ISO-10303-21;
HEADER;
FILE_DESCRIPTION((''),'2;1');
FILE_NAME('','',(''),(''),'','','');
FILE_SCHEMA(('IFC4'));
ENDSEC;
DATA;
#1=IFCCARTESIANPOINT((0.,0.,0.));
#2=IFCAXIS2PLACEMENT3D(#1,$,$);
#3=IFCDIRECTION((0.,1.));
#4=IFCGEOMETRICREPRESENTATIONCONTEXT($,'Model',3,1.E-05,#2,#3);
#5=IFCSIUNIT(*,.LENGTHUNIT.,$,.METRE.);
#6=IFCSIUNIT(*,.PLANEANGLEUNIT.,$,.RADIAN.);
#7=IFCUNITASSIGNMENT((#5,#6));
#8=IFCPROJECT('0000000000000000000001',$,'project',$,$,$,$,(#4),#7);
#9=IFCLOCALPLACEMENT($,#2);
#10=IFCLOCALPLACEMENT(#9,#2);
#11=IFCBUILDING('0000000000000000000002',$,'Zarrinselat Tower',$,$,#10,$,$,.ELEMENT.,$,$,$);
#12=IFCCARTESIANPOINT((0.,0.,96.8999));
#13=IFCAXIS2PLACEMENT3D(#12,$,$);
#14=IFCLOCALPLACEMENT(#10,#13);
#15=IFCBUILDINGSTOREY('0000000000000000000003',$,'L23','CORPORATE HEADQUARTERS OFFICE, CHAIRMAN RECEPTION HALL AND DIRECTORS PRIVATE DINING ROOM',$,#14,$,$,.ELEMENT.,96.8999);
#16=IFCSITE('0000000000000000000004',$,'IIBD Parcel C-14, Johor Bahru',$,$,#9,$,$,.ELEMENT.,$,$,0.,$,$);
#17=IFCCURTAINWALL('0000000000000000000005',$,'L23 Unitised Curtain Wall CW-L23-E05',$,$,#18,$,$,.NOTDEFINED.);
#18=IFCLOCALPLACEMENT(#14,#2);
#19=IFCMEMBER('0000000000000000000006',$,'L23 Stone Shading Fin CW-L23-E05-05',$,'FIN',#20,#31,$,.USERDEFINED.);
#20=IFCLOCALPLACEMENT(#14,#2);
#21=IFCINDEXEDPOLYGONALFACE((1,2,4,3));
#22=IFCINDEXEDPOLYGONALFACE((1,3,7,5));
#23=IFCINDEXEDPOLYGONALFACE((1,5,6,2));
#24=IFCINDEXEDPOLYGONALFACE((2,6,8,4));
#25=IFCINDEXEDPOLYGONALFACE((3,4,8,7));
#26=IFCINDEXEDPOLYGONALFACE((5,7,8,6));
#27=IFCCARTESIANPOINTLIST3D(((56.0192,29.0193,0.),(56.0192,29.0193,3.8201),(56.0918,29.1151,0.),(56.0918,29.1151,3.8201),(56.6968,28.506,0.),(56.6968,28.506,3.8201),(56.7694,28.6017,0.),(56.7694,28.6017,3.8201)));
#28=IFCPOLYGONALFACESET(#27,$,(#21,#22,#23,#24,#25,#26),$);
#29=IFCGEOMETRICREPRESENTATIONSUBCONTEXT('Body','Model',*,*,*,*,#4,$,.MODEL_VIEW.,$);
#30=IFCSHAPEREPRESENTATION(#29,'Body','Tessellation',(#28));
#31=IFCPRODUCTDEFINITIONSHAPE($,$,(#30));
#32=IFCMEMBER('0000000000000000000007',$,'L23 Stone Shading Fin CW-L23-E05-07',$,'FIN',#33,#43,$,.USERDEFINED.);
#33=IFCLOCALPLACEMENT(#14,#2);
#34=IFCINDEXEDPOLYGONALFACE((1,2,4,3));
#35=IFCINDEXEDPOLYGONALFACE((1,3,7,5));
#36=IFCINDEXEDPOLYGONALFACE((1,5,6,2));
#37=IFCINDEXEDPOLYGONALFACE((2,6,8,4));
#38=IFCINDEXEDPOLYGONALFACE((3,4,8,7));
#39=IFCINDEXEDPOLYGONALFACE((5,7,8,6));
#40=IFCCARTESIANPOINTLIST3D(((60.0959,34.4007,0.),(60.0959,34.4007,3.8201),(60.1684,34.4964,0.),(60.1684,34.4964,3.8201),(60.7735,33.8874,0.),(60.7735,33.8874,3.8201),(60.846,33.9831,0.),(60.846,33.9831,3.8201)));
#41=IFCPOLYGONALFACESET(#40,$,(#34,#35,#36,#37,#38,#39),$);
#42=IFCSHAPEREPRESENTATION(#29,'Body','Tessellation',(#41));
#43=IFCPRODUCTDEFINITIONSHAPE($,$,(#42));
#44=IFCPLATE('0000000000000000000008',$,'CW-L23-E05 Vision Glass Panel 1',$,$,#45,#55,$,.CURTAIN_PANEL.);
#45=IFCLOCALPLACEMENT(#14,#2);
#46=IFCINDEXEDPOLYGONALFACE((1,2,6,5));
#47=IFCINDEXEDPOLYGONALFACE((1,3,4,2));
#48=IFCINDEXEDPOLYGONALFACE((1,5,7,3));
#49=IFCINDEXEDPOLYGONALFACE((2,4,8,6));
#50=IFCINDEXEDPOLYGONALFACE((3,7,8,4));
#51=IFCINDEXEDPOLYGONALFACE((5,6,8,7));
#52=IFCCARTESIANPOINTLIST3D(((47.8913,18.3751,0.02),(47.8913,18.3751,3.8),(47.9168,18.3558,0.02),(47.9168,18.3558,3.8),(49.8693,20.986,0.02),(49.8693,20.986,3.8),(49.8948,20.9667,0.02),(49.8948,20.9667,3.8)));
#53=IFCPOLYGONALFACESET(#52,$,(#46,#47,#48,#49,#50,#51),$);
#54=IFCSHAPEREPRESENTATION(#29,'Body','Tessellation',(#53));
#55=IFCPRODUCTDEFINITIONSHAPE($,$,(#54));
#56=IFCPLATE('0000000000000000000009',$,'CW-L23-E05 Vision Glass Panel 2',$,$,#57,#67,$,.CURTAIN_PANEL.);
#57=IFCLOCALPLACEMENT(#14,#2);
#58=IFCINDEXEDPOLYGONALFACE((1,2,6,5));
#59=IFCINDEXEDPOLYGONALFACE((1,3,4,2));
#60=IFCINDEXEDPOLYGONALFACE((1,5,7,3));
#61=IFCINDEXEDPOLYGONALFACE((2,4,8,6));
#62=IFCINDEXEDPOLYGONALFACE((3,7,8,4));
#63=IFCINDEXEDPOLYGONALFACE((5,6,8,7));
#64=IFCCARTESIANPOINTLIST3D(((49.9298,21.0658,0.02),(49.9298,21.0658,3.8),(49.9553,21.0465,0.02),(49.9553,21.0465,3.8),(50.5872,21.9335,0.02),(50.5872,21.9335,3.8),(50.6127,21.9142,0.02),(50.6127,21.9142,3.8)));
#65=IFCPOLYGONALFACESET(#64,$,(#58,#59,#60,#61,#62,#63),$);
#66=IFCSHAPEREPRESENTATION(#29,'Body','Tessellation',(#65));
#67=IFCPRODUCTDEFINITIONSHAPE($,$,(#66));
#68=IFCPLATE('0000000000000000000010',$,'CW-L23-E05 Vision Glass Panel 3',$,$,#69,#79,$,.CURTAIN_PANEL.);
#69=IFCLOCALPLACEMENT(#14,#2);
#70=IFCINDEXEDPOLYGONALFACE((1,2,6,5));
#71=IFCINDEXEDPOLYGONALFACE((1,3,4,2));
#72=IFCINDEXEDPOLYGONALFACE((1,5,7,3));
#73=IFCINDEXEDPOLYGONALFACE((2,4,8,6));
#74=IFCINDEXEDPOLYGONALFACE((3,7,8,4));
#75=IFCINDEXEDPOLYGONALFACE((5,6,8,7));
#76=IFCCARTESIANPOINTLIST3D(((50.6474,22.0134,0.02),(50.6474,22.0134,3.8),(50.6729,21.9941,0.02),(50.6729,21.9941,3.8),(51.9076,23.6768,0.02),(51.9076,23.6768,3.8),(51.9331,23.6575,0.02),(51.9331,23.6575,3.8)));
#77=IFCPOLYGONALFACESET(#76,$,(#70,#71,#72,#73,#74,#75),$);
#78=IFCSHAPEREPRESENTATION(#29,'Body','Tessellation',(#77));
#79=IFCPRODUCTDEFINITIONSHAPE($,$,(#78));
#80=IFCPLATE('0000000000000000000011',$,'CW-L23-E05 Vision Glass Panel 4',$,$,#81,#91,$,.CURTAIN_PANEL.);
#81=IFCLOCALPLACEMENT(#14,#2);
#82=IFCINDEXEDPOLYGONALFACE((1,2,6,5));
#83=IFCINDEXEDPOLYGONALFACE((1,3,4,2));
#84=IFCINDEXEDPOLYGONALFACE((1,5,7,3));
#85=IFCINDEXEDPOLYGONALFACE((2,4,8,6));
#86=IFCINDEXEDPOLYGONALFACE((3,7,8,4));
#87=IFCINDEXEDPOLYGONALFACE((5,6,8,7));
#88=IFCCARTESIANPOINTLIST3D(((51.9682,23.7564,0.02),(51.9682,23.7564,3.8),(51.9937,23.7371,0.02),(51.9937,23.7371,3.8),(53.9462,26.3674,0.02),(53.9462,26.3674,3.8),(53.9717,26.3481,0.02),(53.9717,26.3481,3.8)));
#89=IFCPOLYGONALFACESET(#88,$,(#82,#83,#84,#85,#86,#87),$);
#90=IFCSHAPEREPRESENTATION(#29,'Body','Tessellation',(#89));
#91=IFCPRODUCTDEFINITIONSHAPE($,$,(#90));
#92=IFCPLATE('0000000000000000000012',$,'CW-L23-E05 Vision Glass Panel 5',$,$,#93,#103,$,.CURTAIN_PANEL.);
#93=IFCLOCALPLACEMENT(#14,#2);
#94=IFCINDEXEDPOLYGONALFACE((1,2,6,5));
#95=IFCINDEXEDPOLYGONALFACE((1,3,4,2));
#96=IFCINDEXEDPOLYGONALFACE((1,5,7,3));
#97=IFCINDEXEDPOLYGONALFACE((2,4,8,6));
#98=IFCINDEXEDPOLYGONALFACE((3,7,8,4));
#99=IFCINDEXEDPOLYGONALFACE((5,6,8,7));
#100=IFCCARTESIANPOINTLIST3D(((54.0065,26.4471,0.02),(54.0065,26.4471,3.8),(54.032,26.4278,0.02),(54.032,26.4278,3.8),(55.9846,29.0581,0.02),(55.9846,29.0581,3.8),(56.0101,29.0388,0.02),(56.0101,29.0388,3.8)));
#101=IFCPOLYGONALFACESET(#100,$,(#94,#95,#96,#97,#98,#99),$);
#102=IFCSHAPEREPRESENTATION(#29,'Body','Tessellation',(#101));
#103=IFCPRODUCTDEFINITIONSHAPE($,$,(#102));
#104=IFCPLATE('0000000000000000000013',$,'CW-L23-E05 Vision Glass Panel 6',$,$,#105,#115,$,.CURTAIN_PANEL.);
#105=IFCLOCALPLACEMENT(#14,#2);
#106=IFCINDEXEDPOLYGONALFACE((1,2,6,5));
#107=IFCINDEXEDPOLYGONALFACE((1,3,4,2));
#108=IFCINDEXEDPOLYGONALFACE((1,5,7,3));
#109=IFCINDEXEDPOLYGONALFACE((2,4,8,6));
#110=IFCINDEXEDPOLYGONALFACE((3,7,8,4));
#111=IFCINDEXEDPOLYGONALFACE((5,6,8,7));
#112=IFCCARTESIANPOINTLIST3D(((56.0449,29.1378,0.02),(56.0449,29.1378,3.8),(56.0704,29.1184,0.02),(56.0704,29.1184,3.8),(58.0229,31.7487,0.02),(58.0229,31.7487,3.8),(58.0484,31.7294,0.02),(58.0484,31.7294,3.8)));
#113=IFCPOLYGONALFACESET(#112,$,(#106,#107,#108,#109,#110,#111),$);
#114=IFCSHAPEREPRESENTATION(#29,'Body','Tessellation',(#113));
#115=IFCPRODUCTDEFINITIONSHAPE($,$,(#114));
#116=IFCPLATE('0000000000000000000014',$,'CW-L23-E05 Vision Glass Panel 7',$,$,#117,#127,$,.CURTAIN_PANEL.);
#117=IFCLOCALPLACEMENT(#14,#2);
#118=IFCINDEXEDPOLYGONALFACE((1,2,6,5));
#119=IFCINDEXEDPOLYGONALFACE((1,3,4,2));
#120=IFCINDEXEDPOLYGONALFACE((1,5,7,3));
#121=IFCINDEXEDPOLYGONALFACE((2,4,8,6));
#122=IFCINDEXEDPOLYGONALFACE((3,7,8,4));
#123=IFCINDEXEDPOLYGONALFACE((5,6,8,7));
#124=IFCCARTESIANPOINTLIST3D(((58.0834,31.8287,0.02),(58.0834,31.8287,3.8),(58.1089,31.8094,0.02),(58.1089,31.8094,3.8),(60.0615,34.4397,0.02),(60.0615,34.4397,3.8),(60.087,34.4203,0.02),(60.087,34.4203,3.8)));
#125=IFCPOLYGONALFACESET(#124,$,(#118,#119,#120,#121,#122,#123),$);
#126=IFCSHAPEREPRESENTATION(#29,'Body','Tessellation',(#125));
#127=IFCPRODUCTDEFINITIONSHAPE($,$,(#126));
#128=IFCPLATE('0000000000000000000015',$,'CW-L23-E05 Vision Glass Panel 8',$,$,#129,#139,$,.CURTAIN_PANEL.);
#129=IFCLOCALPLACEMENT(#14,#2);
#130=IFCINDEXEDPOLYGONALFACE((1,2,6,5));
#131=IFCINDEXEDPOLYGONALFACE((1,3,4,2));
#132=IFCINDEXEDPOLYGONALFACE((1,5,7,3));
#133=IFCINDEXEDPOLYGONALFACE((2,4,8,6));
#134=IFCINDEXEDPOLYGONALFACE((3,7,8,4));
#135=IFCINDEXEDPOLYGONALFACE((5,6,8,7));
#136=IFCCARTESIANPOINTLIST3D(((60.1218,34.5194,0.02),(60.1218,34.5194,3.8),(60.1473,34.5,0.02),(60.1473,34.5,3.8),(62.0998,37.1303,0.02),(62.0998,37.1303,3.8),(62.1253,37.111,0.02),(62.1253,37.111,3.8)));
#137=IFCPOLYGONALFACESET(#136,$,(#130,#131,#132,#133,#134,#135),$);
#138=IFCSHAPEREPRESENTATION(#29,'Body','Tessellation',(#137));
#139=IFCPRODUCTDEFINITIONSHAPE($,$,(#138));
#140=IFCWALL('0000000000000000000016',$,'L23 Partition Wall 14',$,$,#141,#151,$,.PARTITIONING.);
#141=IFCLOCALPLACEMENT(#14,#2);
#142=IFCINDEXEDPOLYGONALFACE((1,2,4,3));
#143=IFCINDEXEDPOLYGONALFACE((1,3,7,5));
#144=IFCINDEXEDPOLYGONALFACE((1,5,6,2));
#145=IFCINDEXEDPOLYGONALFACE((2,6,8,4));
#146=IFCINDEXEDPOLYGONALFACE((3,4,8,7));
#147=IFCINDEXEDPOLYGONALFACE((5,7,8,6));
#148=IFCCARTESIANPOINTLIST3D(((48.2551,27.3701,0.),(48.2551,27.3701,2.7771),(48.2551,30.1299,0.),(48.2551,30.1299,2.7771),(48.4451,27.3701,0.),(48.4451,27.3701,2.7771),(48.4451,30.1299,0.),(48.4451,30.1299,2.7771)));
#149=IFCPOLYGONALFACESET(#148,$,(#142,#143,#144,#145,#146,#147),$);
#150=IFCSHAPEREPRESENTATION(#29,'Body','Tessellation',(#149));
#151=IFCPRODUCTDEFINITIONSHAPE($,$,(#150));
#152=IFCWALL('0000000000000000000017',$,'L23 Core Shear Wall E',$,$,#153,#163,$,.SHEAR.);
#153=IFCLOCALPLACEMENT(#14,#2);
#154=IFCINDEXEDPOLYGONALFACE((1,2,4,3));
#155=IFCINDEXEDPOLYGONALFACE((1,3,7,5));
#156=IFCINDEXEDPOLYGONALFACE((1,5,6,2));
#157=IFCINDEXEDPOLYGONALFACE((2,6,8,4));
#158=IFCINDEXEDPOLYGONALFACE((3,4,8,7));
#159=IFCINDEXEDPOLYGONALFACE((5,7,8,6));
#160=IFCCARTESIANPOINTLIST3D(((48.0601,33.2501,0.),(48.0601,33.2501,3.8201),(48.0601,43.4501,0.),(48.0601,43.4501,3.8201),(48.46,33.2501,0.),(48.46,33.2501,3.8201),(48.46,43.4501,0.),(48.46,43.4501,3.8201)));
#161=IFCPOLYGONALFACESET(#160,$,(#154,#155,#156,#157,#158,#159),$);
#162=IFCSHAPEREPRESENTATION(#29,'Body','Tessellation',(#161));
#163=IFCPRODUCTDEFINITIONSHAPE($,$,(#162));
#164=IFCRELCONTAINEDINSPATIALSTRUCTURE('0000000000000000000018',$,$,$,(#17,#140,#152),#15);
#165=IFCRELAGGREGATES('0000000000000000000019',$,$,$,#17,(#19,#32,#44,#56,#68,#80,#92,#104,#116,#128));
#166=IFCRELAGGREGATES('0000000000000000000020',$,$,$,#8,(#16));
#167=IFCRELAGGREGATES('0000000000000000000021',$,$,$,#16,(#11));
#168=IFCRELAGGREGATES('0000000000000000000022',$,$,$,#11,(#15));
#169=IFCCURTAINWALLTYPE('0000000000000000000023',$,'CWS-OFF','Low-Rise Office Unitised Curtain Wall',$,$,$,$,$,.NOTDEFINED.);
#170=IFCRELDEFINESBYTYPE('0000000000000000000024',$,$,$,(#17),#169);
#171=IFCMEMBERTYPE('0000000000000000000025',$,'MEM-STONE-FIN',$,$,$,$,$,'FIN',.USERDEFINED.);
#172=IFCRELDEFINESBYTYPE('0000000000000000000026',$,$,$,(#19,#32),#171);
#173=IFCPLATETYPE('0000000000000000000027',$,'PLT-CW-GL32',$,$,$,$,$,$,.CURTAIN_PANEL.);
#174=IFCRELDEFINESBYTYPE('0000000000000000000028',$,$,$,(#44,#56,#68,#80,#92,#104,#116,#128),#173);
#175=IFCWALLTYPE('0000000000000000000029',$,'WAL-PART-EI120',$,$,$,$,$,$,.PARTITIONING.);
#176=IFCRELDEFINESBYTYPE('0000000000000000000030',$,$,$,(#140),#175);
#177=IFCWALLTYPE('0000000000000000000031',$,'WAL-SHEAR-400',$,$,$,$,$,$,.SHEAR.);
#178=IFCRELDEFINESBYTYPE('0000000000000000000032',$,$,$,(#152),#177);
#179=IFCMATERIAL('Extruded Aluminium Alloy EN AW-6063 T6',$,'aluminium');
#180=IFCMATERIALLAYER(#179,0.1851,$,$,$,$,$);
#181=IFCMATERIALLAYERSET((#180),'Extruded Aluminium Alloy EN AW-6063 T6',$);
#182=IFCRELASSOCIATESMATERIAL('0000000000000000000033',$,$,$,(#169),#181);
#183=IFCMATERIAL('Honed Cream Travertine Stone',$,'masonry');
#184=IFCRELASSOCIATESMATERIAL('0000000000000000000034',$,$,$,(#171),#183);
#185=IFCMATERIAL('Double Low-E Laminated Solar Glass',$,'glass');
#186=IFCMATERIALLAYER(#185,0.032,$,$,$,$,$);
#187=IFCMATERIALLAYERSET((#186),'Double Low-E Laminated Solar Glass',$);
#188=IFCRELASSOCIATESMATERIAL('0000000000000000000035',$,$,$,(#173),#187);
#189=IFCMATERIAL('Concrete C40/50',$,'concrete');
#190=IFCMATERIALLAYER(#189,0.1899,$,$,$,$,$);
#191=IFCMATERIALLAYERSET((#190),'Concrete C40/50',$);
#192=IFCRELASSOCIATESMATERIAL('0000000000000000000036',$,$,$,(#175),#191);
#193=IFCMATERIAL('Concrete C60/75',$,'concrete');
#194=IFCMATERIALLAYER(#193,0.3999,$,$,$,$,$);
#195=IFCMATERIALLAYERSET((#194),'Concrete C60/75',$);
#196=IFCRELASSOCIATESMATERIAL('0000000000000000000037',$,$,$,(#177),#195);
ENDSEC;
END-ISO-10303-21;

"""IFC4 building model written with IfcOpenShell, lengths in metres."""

from ifc_helpers import new_model, si_unit, direction, frame, frame_2d, origin, origin_2d, place, context, subcontext, project, spatial, rectangle, extrude, material, layer, layer_set, material_profile, profile_set, type_object, element, aggregate, save


model = new_model("IFC4")

# Units and contexts
model_context = context("Model", 3, precision=1e-05, world=origin(), true_north=direction((0.0, 1.0)))
body_context = subcontext(model_context, "Body", "Model", "MODEL_VIEW")
ifc_project = project(units=[si_unit("LENGTHUNIT", "METRE"), si_unit("PLANEANGLEUNIT", "RADIAN")], contexts=[model_context])

# Site, building, storey
site_placement = place(None, origin())
site = spatial("IfcSite", under=ifc_project, at=site_placement, Name="IIBD Parcel C-14, Johor Bahru", CompositionType="ELEMENT", RefElevation=0.0)
building_placement = place(site_placement, origin())
building = spatial("IfcBuilding", under=site, at=building_placement, Name="Zarrinselat Tower", CompositionType="ELEMENT")
storey_placement = place(building_placement, frame((0.0, 0.0, 96.8999)))
storey = spatial("IfcBuildingStorey", under=building, at=storey_placement, Name="L23", Description="CORPORATE HEADQUARTERS OFFICE, CHAIRMAN RECEPTION HALL AND DIRECTORS PRIVATE DINING ROOM", CompositionType="ELEMENT", Elevation=96.8999)

# Shared definitions
ifc_material_1 = material(Name="Extruded Aluminium Alloy EN AW-6063 T6", Category="aluminium")
ifc_layer_1 = layer(ifc_material_1, 0.1851)
ifc_layer_set_1 = layer_set([ifc_layer_1], Name="Extruded Aluminium Alloy EN AW-6063 T6")
curtain_wall_type = type_object("IfcCurtainWallType", Name="CWS-OFF", Description="Low-Rise Office Unitised Curtain Wall", PredefinedType="NOTDEFINED", material=ifc_layer_set_1)

# Curtain wall, members, plates
curtain_wall_1_placement = place(storey_placement, origin())
curtain_wall_1 = element("IfcCurtainWall", 1, at=curtain_wall_1_placement, inside=storey, type_object=curtain_wall_type, Name="L23 Unitised Curtain Wall CW-L23-E05", PredefinedType="NOTDEFINED")
ifc_material_2 = material(Name="Honed Cream Travertine Stone", Category="masonry")
ifc_material_profile_1 = material_profile(ifc_material_2, rectangle(XDim=0.1201, YDim=0.8501, at=origin_2d()), Name="FIN 850x120")
ifc_profile_set_1 = profile_set([ifc_material_profile_1], Name="Honed Cream Travertine Stone")
member_type_1 = type_object("IfcMemberType", Name="MEM-STONE-FIN", ElementType="FIN", PredefinedType="USERDEFINED", material=ifc_profile_set_1)
member_1_placement = place(storey_placement, frame((56.3943, 28.8105, 0.0), z_axis=(0.0, 0.0, 1.0), x_axis=(-0.603858, -0.797092, 0.0)))
member_1 = element("IfcMember", 2, at=member_1_placement, type_object=member_type_1, Name="L23 Stone Shading Fin CW-L23-E05-05", ObjectType="FIN", PredefinedType="USERDEFINED", context=body_context, shape_type="SweptSolid", body=[
    extrude(rectangle(XDim=0.1201, YDim=0.8501, at=origin_2d()), origin(), (0.0, 0.0, 1.0), 3.8201),
])
member_2_placement = place(storey_placement, frame((60.4709, 34.1919, 0.0), z_axis=(0.0, 0.0, 1.0), x_axis=(-0.603858, -0.797092, 0.0)))
member_2 = element("IfcMember", 3, at=member_2_placement, type_object=member_type_1, Name="L23 Stone Shading Fin CW-L23-E05-07", ObjectType="FIN", PredefinedType="USERDEFINED", context=body_context, shape_type="SweptSolid", body=[
    extrude(rectangle(XDim=0.1201, YDim=0.8501, at=origin_2d()), origin(), (0.0, 0.0, 1.0), 3.8201),
])
ifc_material_3 = material(Name="Double Low-E Laminated Solar Glass", Category="glass")
ifc_layer_2 = layer(ifc_material_3, 0.032)
ifc_layer_set_2 = layer_set([ifc_layer_2], Name="Double Low-E Laminated Solar Glass")
plate_type = type_object("IfcPlateType", Name="PLT-CW-GL32", PredefinedType="CURTAIN_PANEL", material=ifc_layer_set_2)
plate_1_placement = place(storey_placement, frame((48.8931, 19.6709, 0.02), z_axis=(0.0, 0.0, 1.0), x_axis=(0.603858, 0.797092, 0.0)))
plate_1 = element("IfcPlate", 4, at=plate_1_placement, type_object=plate_type, Name="CW-L23-E05 Vision Glass Panel 1", PredefinedType="CURTAIN_PANEL", context=body_context, shape_type="SweptSolid", body=[
    extrude(rectangle(XDim=3.2756, YDim=0.032, at=origin_2d()), origin(), (0.0, 0.0, 1.0), 3.78),
])
plate_2_placement = place(storey_placement, frame((50.2712, 21.49, 0.02), z_axis=(0.0, 0.0, 1.0), x_axis=(0.603858, 0.797092, 0.0)))
plate_2 = element("IfcPlate", 5, at=plate_2_placement, type_object=plate_type, Name="CW-L23-E05 Vision Glass Panel 2", PredefinedType="CURTAIN_PANEL", context=body_context, shape_type="SweptSolid", body=[
    extrude(rectangle(XDim=1.0886, YDim=0.032, at=origin_2d()), origin(), (0.0, 0.0, 1.0), 3.78),
])
plate_3_placement = place(storey_placement, frame((51.2903, 22.8354, 0.02), z_axis=(0.0, 0.0, 1.0), x_axis=(0.603858, 0.797092, 0.0)))
plate_3 = element("IfcPlate", 6, at=plate_3_placement, type_object=plate_type, Name="CW-L23-E05 Vision Glass Panel 3", PredefinedType="CURTAIN_PANEL", context=body_context, shape_type="SweptSolid", body=[
    extrude(rectangle(XDim=2.0869, YDim=0.032, at=origin_2d()), origin(), (0.0, 0.0, 1.0), 3.78),
])
plate_4_placement = place(storey_placement, frame((52.97, 25.0522, 0.02), z_axis=(0.0, 0.0, 1.0), x_axis=(0.603858, 0.797092, 0.0)))
plate_4 = element("IfcPlate", 7, at=plate_4_placement, type_object=plate_type, Name="CW-L23-E05 Vision Glass Panel 4", PredefinedType="CURTAIN_PANEL", context=body_context, shape_type="SweptSolid", body=[
    extrude(rectangle(XDim=3.2756, YDim=0.032, at=origin_2d()), origin(), (0.0, 0.0, 1.0), 3.78),
])
plate_5_placement = place(storey_placement, frame((55.0083, 27.7429, 0.02), z_axis=(0.0, 0.0, 1.0), x_axis=(0.603858, 0.797092, 0.0)))
plate_5 = element("IfcPlate", 8, at=plate_5_placement, type_object=plate_type, Name="CW-L23-E05 Vision Glass Panel 5", PredefinedType="CURTAIN_PANEL", context=body_context, shape_type="SweptSolid", body=[
    extrude(rectangle(XDim=3.2756, YDim=0.032, at=origin_2d()), origin(), (0.0, 0.0, 1.0), 3.78),
])
plate_6_placement = place(storey_placement, frame((57.0466, 30.4336, 0.02), z_axis=(0.0, 0.0, 1.0), x_axis=(0.603858, 0.797092, 0.0)))
plate_6 = element("IfcPlate", 9, at=plate_6_placement, type_object=plate_type, Name="CW-L23-E05 Vision Glass Panel 6", PredefinedType="CURTAIN_PANEL", context=body_context, shape_type="SweptSolid", body=[
    extrude(rectangle(XDim=3.2756, YDim=0.032, at=origin_2d()), origin(), (0.0, 0.0, 1.0), 3.78),
])
plate_7_placement = place(storey_placement, frame((59.0852, 33.1245, 0.02), z_axis=(0.0, 0.0, 1.0), x_axis=(0.603858, 0.797092, 0.0)))
plate_7 = element("IfcPlate", 10, at=plate_7_placement, type_object=plate_type, Name="CW-L23-E05 Vision Glass Panel 7", PredefinedType="CURTAIN_PANEL", context=body_context, shape_type="SweptSolid", body=[
    extrude(rectangle(XDim=3.2756, YDim=0.032, at=origin_2d()), origin(), (0.0, 0.0, 1.0), 3.78),
])
plate_8_placement = place(storey_placement, frame((61.1235, 35.8152, 0.02), z_axis=(0.0, 0.0, 1.0), x_axis=(0.603858, 0.797092, 0.0)))
plate_8 = element("IfcPlate", 11, at=plate_8_placement, type_object=plate_type, Name="CW-L23-E05 Vision Glass Panel 8", PredefinedType="CURTAIN_PANEL", context=body_context, shape_type="SweptSolid", body=[
    extrude(rectangle(XDim=3.2756, YDim=0.032, at=origin_2d()), origin(), (0.0, 0.0, 1.0), 3.78),
])
aggregate(curtain_wall_1, [member_1, member_2, plate_1, plate_2, plate_3, plate_4, plate_5, plate_6, plate_7, plate_8])

# Walls
ifc_material_4 = material(Name="Concrete C40/50", Category="concrete")
ifc_layer_3 = layer(ifc_material_4, 0.1899)
ifc_layer_set_3 = layer_set([ifc_layer_3], Name="Concrete C40/50")
wall_type_1 = type_object("IfcWallType", Name="WAL-PART-EI120", PredefinedType="PARTITIONING", material=ifc_layer_set_3)
wall_1_placement = place(storey_placement, frame((48.3501, 27.3701, 0.0), z_axis=(0.0, 0.0, 1.0), x_axis=(0.0, 1.0, 0.0)))
element("IfcWall", 12, at=wall_1_placement, inside=storey, type_object=wall_type_1, Name="L23 Partition Wall 14", PredefinedType="PARTITIONING", context=body_context, shape_type="SweptSolid", body=[
    extrude(rectangle(XDim=2.7598, YDim=0.1899, at=frame_2d((1.3799, 0.0))), origin(), (0.0, 0.0, 1.0), 2.7771),
])
ifc_material_5 = material(Name="Concrete C60/75", Category="concrete")
ifc_layer_4 = layer(ifc_material_5, 0.3999)
ifc_layer_set_4 = layer_set([ifc_layer_4], Name="Concrete C60/75")
wall_type_2 = type_object("IfcWallType", Name="WAL-SHEAR-400", PredefinedType="SHEAR", material=ifc_layer_set_4)
wall_2_placement = place(storey_placement, frame((48.26, 33.25, 0.0), z_axis=(0.0, 0.0, 1.0), x_axis=(0.0, 1.0, 0.0)))
element("IfcWall", 13, at=wall_2_placement, inside=storey, type_object=wall_type_2, Name="L23 Core Shear Wall E", PredefinedType="SHEAR", context=body_context, shape_type="SweptSolid", body=[
    extrude(rectangle(XDim=10.2, YDim=0.3999, at=frame_2d((5.1001, 0.0))), origin(), (0.0, 0.0, 1.0), 3.8201),
])

save(model, "model.ifc")
